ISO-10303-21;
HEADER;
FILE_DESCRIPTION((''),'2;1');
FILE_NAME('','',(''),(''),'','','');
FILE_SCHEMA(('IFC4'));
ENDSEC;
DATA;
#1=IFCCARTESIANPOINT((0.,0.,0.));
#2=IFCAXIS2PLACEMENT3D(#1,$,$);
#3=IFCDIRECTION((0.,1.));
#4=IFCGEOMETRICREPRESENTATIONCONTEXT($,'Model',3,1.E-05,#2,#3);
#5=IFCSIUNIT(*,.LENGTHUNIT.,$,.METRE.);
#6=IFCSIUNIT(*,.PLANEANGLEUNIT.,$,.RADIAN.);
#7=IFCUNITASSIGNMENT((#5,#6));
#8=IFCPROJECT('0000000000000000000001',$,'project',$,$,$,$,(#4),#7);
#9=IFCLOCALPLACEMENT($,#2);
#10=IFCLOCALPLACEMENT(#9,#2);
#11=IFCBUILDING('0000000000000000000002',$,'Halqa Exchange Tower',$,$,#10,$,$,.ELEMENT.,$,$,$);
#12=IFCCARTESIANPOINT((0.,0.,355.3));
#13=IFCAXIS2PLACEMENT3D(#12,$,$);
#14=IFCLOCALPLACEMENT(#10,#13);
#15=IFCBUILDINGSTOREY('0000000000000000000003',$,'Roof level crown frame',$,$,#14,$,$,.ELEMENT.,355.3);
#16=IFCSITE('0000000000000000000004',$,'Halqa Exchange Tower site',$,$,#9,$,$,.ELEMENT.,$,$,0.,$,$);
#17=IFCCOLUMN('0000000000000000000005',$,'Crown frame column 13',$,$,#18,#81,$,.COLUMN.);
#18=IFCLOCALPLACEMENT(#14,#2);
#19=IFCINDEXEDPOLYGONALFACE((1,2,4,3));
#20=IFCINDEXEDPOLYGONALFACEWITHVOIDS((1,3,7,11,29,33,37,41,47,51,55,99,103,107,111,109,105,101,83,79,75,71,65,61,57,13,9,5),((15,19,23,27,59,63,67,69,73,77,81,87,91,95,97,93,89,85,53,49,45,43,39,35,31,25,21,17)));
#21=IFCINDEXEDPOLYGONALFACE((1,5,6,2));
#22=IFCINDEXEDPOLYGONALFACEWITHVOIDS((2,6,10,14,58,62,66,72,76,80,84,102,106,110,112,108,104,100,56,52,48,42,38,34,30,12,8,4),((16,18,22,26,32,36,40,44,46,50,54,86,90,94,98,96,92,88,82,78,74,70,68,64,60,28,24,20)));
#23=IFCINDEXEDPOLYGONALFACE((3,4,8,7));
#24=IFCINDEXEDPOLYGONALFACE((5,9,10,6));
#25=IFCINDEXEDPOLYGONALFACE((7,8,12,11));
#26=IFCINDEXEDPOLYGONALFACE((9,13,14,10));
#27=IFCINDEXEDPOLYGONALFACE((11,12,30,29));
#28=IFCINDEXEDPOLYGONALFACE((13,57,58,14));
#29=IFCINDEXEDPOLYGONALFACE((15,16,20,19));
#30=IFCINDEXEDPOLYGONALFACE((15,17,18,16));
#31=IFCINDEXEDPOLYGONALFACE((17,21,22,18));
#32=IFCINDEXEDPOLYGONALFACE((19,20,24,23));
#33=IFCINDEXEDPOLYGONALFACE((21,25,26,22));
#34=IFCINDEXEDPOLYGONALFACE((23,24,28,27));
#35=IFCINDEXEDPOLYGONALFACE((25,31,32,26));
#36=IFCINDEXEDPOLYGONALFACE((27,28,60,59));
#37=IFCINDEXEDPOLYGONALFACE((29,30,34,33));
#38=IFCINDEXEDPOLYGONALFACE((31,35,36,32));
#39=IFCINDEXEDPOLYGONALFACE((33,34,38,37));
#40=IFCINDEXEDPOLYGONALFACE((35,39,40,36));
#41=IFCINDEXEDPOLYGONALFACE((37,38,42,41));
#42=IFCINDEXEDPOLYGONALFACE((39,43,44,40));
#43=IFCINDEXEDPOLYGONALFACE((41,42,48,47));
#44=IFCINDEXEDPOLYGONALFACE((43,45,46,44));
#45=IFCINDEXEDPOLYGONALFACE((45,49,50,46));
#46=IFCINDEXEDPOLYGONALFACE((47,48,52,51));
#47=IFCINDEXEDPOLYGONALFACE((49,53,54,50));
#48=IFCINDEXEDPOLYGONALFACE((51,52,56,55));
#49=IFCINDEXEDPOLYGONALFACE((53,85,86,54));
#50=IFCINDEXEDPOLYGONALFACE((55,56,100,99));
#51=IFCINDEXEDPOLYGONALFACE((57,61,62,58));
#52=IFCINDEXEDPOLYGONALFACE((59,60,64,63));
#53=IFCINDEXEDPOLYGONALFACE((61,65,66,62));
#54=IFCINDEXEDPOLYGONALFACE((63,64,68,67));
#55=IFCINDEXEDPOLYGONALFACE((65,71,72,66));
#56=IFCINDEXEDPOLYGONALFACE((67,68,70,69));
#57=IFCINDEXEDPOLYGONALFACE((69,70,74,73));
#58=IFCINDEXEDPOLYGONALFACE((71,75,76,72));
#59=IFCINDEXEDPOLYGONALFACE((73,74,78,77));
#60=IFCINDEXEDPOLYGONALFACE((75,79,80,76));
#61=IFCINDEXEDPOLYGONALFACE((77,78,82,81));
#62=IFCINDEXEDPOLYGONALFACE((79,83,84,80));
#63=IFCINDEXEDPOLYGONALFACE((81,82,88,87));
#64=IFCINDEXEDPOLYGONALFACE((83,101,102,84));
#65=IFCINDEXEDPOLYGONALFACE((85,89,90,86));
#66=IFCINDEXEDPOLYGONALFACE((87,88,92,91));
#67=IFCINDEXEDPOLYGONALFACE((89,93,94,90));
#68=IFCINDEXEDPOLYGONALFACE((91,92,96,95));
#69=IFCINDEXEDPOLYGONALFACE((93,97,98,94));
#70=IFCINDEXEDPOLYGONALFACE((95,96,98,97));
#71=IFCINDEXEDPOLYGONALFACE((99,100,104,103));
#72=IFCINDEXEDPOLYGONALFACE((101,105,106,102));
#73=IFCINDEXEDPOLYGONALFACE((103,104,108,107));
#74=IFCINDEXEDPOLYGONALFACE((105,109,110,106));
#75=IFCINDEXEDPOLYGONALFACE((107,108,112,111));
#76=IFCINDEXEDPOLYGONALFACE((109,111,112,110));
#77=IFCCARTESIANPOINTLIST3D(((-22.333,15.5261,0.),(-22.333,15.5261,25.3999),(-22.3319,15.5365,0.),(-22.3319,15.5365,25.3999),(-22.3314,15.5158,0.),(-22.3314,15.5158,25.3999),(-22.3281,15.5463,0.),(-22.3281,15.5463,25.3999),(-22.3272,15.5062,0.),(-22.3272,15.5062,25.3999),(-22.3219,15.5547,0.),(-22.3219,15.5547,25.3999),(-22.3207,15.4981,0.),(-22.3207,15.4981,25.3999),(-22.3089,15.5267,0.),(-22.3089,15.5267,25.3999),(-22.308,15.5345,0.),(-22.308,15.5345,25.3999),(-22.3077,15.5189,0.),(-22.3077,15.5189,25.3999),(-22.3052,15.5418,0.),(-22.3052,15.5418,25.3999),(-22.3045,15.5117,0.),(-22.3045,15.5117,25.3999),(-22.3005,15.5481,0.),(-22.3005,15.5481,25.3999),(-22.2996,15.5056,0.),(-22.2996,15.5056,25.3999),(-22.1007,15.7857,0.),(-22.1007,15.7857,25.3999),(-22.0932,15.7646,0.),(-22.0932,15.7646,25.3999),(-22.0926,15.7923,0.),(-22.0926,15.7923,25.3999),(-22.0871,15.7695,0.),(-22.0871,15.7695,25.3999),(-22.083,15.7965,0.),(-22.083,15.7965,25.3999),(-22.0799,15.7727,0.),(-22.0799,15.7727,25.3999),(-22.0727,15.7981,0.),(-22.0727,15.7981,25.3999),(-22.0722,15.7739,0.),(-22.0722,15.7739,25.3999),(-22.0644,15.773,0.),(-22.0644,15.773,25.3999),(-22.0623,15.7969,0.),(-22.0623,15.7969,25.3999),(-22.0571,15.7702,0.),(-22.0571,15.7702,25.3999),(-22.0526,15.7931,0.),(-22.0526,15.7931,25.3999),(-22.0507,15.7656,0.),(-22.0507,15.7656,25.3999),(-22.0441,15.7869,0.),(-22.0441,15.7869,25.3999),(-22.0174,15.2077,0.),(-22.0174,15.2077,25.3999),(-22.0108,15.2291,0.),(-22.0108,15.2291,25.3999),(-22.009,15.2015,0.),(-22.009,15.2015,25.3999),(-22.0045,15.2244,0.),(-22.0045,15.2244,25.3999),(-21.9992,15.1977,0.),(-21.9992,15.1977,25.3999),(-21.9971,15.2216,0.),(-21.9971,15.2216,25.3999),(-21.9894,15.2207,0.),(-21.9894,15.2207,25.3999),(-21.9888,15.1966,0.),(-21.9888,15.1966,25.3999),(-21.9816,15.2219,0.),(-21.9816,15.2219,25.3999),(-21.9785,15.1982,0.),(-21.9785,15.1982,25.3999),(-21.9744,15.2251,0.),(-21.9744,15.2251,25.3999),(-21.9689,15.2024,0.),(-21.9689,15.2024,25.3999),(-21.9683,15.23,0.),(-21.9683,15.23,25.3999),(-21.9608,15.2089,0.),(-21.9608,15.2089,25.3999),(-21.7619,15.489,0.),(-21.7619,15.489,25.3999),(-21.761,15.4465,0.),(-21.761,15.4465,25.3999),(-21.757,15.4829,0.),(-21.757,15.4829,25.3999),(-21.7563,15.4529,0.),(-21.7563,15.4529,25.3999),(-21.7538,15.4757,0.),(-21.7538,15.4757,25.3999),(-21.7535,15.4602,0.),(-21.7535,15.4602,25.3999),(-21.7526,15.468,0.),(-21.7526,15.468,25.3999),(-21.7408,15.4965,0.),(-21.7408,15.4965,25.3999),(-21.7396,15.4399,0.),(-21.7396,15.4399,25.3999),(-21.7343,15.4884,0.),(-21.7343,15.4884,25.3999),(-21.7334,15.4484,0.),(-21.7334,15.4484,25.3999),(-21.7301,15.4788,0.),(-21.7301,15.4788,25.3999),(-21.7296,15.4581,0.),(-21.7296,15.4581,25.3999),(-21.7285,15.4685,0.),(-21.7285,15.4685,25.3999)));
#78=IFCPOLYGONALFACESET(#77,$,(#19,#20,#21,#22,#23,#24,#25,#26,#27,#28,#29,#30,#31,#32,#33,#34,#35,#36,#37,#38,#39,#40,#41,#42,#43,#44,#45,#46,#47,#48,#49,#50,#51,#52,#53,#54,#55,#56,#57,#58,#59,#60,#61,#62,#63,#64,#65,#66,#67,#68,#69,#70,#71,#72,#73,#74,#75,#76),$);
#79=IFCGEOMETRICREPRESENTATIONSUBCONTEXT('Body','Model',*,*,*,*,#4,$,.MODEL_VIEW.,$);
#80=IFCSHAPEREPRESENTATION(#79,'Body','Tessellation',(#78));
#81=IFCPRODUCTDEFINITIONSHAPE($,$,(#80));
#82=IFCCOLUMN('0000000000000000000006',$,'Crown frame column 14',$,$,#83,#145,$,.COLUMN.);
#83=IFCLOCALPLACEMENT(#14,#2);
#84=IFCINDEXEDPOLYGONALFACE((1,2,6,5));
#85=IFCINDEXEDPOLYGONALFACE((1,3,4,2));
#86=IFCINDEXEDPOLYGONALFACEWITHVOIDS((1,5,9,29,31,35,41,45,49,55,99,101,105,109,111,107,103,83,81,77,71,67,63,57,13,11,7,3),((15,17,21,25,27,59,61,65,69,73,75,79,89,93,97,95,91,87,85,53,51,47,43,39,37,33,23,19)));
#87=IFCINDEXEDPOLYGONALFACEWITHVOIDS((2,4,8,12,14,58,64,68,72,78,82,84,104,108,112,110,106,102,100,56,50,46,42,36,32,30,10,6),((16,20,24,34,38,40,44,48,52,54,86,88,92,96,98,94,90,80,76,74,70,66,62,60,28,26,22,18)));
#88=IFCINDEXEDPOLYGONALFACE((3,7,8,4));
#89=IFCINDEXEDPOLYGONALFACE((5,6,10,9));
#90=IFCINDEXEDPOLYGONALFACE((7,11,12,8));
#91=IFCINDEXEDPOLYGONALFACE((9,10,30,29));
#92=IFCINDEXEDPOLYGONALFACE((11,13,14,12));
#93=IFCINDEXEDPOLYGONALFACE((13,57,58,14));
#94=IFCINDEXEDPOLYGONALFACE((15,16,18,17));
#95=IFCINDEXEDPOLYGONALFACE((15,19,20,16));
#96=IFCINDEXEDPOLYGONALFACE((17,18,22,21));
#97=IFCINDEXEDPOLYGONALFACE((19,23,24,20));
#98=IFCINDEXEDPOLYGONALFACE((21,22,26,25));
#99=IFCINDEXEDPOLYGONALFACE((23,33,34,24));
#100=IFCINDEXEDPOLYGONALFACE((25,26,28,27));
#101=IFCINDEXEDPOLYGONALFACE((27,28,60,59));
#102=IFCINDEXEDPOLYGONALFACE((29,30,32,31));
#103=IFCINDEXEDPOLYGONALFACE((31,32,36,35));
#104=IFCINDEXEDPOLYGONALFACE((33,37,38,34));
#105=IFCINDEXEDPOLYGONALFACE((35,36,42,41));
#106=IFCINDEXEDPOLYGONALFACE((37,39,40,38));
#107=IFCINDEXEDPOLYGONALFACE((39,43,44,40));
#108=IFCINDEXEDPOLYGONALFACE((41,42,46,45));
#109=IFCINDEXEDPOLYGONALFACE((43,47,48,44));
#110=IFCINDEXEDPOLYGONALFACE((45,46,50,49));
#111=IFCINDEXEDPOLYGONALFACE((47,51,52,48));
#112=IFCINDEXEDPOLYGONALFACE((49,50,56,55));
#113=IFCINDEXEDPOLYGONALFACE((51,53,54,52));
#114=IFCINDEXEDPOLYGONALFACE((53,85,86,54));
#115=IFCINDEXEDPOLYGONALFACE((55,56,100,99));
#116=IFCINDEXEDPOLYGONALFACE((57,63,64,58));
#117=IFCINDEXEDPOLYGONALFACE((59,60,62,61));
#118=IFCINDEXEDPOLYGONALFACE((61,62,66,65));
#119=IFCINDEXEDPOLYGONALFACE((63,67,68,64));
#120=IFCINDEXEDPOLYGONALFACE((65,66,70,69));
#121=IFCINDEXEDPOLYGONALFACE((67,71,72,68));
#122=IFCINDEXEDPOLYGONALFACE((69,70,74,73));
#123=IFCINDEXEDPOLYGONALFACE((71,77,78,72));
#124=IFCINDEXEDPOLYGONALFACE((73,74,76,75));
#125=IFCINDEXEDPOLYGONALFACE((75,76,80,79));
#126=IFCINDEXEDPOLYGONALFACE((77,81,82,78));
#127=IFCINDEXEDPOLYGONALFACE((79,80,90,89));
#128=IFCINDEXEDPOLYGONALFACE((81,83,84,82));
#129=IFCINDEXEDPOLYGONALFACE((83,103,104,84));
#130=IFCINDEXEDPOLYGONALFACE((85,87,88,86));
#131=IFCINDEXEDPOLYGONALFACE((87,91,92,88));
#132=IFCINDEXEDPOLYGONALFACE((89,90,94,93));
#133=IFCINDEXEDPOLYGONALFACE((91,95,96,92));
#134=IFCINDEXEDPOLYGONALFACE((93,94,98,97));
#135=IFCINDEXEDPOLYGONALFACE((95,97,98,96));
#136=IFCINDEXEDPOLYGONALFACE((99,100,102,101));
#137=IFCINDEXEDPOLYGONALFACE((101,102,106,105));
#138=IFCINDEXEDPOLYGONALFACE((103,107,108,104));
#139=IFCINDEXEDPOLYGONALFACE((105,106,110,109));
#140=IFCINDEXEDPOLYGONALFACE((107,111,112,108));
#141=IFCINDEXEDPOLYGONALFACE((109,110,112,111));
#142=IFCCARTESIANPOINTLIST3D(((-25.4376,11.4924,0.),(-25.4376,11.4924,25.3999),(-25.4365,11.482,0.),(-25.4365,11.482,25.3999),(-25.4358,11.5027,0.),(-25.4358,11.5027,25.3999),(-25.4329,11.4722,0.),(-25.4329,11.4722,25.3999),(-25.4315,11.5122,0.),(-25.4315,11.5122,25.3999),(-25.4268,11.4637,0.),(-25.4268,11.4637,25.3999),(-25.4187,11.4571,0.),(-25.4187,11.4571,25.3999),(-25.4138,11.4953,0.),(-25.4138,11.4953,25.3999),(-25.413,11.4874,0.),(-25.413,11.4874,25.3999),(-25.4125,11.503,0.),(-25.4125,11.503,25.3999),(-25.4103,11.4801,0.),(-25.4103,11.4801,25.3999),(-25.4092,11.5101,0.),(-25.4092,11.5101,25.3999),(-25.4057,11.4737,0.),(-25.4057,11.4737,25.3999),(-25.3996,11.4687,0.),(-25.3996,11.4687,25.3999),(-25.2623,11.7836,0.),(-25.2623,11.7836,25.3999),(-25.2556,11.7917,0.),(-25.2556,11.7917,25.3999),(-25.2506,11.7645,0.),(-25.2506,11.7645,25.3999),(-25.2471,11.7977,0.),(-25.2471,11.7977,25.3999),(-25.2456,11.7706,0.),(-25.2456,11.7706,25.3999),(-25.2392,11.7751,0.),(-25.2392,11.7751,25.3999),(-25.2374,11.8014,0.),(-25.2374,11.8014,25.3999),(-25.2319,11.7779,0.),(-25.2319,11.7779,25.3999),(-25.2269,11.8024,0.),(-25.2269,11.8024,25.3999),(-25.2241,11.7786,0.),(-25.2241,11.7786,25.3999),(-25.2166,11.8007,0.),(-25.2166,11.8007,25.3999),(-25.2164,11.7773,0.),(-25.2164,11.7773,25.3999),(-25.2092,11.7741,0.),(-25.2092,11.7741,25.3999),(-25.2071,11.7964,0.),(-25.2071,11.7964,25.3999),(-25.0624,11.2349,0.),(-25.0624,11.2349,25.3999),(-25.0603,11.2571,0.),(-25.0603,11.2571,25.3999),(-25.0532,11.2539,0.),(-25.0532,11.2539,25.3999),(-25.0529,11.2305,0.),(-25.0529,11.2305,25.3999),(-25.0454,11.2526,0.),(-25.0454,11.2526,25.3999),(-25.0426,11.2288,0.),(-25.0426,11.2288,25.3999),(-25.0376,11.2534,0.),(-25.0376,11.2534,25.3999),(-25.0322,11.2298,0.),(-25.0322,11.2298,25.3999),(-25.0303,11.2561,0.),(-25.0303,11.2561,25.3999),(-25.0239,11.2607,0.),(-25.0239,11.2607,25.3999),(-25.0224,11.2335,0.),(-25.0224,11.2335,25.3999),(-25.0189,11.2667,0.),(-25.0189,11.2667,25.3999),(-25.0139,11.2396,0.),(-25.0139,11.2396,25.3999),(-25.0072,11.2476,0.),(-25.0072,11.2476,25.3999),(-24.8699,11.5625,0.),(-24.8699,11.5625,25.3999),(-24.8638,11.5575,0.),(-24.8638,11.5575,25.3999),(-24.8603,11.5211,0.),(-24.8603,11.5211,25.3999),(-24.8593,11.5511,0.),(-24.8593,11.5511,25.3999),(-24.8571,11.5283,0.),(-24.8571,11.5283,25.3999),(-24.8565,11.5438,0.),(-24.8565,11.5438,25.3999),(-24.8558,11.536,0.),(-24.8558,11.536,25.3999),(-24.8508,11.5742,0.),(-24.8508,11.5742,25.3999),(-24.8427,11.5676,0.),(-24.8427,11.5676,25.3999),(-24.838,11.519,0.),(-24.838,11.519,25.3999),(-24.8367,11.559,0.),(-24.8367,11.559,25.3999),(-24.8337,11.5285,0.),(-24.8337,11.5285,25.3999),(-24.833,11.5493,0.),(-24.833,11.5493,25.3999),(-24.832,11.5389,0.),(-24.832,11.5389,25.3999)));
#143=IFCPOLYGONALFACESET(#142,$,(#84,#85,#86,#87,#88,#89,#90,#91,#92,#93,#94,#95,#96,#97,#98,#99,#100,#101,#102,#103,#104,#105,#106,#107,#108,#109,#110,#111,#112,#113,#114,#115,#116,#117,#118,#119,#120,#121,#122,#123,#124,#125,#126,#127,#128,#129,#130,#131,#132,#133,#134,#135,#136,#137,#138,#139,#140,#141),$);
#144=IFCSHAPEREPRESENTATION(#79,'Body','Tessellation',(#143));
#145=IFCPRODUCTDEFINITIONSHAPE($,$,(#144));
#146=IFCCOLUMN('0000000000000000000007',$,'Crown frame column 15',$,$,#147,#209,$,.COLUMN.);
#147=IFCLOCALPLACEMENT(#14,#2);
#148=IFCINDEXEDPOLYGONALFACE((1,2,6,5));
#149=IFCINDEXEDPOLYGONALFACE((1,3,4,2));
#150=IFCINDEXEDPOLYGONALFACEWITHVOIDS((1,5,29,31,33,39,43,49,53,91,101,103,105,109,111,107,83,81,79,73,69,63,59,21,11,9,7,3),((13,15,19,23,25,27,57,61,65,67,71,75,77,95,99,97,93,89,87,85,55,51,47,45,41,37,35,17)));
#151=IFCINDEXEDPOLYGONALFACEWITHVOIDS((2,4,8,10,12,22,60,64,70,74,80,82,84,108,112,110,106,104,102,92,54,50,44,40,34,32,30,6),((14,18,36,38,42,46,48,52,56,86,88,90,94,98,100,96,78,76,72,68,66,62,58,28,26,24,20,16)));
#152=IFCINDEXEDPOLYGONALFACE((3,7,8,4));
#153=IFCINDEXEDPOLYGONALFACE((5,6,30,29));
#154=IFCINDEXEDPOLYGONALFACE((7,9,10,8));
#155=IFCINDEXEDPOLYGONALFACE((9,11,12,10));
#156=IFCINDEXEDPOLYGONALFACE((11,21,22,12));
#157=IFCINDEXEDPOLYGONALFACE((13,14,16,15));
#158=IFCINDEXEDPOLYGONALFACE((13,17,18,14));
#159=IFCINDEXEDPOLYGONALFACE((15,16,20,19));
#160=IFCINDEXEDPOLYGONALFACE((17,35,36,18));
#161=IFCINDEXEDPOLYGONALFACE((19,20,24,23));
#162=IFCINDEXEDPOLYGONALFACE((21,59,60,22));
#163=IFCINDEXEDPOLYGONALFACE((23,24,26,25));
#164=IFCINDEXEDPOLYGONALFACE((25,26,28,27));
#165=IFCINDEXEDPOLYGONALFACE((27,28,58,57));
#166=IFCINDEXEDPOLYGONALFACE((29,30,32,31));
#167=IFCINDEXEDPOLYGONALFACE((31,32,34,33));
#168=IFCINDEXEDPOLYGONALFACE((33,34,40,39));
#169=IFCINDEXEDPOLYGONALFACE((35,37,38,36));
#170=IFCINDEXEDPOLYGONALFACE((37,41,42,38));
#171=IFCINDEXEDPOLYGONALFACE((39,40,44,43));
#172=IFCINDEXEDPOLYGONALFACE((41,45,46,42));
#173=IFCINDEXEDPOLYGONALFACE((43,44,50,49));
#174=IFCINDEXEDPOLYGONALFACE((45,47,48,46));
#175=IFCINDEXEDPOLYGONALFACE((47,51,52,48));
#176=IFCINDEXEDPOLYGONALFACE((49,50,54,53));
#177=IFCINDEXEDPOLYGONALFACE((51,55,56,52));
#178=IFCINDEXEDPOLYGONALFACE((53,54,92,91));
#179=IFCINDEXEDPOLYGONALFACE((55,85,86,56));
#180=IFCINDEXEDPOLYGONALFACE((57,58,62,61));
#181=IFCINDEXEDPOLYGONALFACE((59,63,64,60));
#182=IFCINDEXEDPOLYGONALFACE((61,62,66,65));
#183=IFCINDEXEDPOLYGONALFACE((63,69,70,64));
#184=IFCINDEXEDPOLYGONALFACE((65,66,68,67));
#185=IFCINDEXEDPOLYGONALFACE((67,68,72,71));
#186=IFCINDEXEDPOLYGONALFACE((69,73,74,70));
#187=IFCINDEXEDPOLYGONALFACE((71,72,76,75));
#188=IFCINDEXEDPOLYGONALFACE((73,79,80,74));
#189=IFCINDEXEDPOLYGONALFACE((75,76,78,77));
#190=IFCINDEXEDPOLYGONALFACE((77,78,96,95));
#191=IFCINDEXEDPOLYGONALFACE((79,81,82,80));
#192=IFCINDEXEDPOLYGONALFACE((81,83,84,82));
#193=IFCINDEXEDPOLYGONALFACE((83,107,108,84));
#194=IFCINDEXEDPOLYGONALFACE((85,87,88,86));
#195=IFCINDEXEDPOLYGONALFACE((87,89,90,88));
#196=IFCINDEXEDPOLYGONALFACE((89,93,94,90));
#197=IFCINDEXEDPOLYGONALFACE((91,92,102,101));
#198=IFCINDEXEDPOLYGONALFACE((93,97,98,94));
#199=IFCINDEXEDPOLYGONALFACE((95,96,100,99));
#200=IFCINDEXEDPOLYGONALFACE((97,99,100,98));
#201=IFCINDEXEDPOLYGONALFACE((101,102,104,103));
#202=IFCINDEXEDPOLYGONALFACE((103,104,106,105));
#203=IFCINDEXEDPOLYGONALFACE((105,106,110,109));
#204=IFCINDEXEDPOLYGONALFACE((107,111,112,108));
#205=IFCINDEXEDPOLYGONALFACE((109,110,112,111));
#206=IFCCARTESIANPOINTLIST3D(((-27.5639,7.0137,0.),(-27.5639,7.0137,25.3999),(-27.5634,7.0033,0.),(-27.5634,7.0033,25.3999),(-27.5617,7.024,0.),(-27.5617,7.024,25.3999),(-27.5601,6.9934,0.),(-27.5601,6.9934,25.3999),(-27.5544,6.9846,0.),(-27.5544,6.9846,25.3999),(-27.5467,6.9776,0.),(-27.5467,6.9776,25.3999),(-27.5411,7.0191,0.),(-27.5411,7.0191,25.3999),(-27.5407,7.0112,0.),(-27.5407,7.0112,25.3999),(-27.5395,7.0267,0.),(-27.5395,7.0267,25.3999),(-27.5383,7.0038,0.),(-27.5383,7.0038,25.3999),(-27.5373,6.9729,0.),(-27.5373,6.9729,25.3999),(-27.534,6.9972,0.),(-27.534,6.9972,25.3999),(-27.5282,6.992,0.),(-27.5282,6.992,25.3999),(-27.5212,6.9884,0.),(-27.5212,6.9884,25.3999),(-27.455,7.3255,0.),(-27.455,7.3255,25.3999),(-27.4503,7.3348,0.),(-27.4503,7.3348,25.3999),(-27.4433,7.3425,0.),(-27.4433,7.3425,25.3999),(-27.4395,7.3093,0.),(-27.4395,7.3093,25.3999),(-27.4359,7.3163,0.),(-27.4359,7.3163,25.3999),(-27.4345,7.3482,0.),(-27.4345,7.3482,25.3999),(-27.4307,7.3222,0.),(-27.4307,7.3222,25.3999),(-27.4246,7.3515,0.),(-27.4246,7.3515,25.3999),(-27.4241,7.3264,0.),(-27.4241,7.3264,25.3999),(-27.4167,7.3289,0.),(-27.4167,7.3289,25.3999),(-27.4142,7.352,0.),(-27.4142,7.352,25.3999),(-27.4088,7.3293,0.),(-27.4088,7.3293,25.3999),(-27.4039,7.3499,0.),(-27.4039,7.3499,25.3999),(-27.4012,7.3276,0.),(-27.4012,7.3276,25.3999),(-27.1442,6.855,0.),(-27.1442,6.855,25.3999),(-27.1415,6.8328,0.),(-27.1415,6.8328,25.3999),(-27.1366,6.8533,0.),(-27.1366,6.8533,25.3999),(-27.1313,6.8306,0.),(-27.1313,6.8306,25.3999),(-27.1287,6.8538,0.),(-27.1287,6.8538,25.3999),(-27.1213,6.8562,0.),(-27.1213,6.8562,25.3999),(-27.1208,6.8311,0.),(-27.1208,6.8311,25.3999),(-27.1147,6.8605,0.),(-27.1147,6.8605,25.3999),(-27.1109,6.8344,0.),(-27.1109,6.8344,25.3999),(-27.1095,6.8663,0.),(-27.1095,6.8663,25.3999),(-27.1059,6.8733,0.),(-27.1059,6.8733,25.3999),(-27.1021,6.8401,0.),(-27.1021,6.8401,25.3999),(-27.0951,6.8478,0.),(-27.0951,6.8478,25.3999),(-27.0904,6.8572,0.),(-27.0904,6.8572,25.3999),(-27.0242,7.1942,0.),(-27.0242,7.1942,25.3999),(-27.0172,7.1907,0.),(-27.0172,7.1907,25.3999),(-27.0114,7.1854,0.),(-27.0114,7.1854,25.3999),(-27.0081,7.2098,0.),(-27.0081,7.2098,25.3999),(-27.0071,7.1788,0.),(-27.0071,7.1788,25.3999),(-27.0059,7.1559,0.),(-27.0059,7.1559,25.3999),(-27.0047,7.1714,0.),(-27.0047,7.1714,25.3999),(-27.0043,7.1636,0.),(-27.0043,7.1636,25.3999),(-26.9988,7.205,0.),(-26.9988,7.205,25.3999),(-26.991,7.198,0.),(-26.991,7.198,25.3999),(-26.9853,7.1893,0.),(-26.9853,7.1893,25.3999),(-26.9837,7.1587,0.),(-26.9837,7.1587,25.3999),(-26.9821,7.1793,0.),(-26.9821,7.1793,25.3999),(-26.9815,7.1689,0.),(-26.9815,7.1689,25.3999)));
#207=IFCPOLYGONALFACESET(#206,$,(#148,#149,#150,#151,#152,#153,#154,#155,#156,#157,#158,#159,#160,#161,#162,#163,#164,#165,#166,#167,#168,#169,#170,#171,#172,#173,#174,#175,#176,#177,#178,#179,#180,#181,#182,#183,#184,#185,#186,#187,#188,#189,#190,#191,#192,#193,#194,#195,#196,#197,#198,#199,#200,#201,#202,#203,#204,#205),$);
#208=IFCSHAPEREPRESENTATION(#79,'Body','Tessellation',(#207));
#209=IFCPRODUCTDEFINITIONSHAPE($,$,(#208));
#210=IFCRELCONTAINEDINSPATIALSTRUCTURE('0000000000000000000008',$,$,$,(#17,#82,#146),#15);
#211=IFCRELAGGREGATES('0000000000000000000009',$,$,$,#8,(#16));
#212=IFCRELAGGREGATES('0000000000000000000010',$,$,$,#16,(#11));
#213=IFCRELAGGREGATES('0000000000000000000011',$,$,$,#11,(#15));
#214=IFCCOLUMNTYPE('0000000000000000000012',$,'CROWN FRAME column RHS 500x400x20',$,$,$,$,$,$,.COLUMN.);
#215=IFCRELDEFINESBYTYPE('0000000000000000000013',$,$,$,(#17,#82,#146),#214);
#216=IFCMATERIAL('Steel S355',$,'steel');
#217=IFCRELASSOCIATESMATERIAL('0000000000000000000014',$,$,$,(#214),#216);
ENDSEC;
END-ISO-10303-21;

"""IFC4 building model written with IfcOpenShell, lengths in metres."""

from ifc_helpers import new_model, si_unit, direction, frame, origin, origin_2d, place, context, subcontext, project, spatial, hollow_rectangle, extrude, material, material_profile, profile_set, type_object, element, save


model = new_model("IFC4")

# Units and contexts
model_context = context("Model", 3, precision=1e-05, world=origin(), true_north=direction((0.0, 1.0)))
body_context = subcontext(model_context, "Body", "Model", "MODEL_VIEW")
ifc_project = project(units=[si_unit("LENGTHUNIT", "METRE"), si_unit("PLANEANGLEUNIT", "RADIAN")], contexts=[model_context])

# Site, building, storey
site_placement = place(None, origin())
site = spatial("IfcSite", under=ifc_project, at=site_placement, Name="Halqa Exchange Tower site", CompositionType="ELEMENT", RefElevation=0.0)
building_placement = place(site_placement, origin())
building = spatial("IfcBuilding", under=site, at=building_placement, Name="Halqa Exchange Tower", CompositionType="ELEMENT")
storey_placement = place(building_placement, frame((0.0, 0.0, 355.3)))
storey = spatial("IfcBuildingStorey", under=building, at=storey_placement, Name="Roof level crown frame", CompositionType="ELEMENT", Elevation=355.3)

# Columns
ifc_material_1 = material(Name="Steel S355", Category="steel")
ifc_material_profile_1 = material_profile(ifc_material_1, hollow_rectangle(XDim=0.3999, YDim=0.5, WallThickness=0.02, InnerFilletRadius=0.03, OuterFilletRadius=0.04, at=origin_2d()), Name="RHS 500x400x20")
ifc_profile_set_1 = profile_set([ifc_material_profile_1], Name="Steel S355")
column_type = type_object("IfcColumnType", Name="CROWN FRAME column RHS 500x400x20", PredefinedType="COLUMN", material=ifc_profile_set_1)
for number, where, z_axis, x_axis, name in (
    (1, (-22.0308, 15.4973, 0.0), (0.0, 0.0, 1.0), (-0.691579, -0.722301, 0.0), "Crown frame column 13"),
    (2, (-25.1348, 11.5156, 0.0), (0.0, 0.0, 1.0), (-0.52914, -0.848534, 0.0), "Crown frame column 14"),
    (3, (-27.2727, 7.0913, 0.0), (0.0, 0.0, 1.0), (-0.333624, -0.942706, 0.0), "Crown frame column 15"),
):
    element("IfcColumn", number, at=place(storey_placement, frame(where, z_axis=z_axis, x_axis=x_axis)), inside=storey, type_object=column_type, Name=name, PredefinedType="COLUMN", context=body_context, shape_type="SweptSolid", body=[
        extrude(hollow_rectangle(XDim=0.3999, YDim=0.5, WallThickness=0.02, InnerFilletRadius=0.03, OuterFilletRadius=0.04, at=origin_2d()), origin(), (0.0, 0.0, 1.0), 25.3999),
    ])

save(model, "model.ifc")
